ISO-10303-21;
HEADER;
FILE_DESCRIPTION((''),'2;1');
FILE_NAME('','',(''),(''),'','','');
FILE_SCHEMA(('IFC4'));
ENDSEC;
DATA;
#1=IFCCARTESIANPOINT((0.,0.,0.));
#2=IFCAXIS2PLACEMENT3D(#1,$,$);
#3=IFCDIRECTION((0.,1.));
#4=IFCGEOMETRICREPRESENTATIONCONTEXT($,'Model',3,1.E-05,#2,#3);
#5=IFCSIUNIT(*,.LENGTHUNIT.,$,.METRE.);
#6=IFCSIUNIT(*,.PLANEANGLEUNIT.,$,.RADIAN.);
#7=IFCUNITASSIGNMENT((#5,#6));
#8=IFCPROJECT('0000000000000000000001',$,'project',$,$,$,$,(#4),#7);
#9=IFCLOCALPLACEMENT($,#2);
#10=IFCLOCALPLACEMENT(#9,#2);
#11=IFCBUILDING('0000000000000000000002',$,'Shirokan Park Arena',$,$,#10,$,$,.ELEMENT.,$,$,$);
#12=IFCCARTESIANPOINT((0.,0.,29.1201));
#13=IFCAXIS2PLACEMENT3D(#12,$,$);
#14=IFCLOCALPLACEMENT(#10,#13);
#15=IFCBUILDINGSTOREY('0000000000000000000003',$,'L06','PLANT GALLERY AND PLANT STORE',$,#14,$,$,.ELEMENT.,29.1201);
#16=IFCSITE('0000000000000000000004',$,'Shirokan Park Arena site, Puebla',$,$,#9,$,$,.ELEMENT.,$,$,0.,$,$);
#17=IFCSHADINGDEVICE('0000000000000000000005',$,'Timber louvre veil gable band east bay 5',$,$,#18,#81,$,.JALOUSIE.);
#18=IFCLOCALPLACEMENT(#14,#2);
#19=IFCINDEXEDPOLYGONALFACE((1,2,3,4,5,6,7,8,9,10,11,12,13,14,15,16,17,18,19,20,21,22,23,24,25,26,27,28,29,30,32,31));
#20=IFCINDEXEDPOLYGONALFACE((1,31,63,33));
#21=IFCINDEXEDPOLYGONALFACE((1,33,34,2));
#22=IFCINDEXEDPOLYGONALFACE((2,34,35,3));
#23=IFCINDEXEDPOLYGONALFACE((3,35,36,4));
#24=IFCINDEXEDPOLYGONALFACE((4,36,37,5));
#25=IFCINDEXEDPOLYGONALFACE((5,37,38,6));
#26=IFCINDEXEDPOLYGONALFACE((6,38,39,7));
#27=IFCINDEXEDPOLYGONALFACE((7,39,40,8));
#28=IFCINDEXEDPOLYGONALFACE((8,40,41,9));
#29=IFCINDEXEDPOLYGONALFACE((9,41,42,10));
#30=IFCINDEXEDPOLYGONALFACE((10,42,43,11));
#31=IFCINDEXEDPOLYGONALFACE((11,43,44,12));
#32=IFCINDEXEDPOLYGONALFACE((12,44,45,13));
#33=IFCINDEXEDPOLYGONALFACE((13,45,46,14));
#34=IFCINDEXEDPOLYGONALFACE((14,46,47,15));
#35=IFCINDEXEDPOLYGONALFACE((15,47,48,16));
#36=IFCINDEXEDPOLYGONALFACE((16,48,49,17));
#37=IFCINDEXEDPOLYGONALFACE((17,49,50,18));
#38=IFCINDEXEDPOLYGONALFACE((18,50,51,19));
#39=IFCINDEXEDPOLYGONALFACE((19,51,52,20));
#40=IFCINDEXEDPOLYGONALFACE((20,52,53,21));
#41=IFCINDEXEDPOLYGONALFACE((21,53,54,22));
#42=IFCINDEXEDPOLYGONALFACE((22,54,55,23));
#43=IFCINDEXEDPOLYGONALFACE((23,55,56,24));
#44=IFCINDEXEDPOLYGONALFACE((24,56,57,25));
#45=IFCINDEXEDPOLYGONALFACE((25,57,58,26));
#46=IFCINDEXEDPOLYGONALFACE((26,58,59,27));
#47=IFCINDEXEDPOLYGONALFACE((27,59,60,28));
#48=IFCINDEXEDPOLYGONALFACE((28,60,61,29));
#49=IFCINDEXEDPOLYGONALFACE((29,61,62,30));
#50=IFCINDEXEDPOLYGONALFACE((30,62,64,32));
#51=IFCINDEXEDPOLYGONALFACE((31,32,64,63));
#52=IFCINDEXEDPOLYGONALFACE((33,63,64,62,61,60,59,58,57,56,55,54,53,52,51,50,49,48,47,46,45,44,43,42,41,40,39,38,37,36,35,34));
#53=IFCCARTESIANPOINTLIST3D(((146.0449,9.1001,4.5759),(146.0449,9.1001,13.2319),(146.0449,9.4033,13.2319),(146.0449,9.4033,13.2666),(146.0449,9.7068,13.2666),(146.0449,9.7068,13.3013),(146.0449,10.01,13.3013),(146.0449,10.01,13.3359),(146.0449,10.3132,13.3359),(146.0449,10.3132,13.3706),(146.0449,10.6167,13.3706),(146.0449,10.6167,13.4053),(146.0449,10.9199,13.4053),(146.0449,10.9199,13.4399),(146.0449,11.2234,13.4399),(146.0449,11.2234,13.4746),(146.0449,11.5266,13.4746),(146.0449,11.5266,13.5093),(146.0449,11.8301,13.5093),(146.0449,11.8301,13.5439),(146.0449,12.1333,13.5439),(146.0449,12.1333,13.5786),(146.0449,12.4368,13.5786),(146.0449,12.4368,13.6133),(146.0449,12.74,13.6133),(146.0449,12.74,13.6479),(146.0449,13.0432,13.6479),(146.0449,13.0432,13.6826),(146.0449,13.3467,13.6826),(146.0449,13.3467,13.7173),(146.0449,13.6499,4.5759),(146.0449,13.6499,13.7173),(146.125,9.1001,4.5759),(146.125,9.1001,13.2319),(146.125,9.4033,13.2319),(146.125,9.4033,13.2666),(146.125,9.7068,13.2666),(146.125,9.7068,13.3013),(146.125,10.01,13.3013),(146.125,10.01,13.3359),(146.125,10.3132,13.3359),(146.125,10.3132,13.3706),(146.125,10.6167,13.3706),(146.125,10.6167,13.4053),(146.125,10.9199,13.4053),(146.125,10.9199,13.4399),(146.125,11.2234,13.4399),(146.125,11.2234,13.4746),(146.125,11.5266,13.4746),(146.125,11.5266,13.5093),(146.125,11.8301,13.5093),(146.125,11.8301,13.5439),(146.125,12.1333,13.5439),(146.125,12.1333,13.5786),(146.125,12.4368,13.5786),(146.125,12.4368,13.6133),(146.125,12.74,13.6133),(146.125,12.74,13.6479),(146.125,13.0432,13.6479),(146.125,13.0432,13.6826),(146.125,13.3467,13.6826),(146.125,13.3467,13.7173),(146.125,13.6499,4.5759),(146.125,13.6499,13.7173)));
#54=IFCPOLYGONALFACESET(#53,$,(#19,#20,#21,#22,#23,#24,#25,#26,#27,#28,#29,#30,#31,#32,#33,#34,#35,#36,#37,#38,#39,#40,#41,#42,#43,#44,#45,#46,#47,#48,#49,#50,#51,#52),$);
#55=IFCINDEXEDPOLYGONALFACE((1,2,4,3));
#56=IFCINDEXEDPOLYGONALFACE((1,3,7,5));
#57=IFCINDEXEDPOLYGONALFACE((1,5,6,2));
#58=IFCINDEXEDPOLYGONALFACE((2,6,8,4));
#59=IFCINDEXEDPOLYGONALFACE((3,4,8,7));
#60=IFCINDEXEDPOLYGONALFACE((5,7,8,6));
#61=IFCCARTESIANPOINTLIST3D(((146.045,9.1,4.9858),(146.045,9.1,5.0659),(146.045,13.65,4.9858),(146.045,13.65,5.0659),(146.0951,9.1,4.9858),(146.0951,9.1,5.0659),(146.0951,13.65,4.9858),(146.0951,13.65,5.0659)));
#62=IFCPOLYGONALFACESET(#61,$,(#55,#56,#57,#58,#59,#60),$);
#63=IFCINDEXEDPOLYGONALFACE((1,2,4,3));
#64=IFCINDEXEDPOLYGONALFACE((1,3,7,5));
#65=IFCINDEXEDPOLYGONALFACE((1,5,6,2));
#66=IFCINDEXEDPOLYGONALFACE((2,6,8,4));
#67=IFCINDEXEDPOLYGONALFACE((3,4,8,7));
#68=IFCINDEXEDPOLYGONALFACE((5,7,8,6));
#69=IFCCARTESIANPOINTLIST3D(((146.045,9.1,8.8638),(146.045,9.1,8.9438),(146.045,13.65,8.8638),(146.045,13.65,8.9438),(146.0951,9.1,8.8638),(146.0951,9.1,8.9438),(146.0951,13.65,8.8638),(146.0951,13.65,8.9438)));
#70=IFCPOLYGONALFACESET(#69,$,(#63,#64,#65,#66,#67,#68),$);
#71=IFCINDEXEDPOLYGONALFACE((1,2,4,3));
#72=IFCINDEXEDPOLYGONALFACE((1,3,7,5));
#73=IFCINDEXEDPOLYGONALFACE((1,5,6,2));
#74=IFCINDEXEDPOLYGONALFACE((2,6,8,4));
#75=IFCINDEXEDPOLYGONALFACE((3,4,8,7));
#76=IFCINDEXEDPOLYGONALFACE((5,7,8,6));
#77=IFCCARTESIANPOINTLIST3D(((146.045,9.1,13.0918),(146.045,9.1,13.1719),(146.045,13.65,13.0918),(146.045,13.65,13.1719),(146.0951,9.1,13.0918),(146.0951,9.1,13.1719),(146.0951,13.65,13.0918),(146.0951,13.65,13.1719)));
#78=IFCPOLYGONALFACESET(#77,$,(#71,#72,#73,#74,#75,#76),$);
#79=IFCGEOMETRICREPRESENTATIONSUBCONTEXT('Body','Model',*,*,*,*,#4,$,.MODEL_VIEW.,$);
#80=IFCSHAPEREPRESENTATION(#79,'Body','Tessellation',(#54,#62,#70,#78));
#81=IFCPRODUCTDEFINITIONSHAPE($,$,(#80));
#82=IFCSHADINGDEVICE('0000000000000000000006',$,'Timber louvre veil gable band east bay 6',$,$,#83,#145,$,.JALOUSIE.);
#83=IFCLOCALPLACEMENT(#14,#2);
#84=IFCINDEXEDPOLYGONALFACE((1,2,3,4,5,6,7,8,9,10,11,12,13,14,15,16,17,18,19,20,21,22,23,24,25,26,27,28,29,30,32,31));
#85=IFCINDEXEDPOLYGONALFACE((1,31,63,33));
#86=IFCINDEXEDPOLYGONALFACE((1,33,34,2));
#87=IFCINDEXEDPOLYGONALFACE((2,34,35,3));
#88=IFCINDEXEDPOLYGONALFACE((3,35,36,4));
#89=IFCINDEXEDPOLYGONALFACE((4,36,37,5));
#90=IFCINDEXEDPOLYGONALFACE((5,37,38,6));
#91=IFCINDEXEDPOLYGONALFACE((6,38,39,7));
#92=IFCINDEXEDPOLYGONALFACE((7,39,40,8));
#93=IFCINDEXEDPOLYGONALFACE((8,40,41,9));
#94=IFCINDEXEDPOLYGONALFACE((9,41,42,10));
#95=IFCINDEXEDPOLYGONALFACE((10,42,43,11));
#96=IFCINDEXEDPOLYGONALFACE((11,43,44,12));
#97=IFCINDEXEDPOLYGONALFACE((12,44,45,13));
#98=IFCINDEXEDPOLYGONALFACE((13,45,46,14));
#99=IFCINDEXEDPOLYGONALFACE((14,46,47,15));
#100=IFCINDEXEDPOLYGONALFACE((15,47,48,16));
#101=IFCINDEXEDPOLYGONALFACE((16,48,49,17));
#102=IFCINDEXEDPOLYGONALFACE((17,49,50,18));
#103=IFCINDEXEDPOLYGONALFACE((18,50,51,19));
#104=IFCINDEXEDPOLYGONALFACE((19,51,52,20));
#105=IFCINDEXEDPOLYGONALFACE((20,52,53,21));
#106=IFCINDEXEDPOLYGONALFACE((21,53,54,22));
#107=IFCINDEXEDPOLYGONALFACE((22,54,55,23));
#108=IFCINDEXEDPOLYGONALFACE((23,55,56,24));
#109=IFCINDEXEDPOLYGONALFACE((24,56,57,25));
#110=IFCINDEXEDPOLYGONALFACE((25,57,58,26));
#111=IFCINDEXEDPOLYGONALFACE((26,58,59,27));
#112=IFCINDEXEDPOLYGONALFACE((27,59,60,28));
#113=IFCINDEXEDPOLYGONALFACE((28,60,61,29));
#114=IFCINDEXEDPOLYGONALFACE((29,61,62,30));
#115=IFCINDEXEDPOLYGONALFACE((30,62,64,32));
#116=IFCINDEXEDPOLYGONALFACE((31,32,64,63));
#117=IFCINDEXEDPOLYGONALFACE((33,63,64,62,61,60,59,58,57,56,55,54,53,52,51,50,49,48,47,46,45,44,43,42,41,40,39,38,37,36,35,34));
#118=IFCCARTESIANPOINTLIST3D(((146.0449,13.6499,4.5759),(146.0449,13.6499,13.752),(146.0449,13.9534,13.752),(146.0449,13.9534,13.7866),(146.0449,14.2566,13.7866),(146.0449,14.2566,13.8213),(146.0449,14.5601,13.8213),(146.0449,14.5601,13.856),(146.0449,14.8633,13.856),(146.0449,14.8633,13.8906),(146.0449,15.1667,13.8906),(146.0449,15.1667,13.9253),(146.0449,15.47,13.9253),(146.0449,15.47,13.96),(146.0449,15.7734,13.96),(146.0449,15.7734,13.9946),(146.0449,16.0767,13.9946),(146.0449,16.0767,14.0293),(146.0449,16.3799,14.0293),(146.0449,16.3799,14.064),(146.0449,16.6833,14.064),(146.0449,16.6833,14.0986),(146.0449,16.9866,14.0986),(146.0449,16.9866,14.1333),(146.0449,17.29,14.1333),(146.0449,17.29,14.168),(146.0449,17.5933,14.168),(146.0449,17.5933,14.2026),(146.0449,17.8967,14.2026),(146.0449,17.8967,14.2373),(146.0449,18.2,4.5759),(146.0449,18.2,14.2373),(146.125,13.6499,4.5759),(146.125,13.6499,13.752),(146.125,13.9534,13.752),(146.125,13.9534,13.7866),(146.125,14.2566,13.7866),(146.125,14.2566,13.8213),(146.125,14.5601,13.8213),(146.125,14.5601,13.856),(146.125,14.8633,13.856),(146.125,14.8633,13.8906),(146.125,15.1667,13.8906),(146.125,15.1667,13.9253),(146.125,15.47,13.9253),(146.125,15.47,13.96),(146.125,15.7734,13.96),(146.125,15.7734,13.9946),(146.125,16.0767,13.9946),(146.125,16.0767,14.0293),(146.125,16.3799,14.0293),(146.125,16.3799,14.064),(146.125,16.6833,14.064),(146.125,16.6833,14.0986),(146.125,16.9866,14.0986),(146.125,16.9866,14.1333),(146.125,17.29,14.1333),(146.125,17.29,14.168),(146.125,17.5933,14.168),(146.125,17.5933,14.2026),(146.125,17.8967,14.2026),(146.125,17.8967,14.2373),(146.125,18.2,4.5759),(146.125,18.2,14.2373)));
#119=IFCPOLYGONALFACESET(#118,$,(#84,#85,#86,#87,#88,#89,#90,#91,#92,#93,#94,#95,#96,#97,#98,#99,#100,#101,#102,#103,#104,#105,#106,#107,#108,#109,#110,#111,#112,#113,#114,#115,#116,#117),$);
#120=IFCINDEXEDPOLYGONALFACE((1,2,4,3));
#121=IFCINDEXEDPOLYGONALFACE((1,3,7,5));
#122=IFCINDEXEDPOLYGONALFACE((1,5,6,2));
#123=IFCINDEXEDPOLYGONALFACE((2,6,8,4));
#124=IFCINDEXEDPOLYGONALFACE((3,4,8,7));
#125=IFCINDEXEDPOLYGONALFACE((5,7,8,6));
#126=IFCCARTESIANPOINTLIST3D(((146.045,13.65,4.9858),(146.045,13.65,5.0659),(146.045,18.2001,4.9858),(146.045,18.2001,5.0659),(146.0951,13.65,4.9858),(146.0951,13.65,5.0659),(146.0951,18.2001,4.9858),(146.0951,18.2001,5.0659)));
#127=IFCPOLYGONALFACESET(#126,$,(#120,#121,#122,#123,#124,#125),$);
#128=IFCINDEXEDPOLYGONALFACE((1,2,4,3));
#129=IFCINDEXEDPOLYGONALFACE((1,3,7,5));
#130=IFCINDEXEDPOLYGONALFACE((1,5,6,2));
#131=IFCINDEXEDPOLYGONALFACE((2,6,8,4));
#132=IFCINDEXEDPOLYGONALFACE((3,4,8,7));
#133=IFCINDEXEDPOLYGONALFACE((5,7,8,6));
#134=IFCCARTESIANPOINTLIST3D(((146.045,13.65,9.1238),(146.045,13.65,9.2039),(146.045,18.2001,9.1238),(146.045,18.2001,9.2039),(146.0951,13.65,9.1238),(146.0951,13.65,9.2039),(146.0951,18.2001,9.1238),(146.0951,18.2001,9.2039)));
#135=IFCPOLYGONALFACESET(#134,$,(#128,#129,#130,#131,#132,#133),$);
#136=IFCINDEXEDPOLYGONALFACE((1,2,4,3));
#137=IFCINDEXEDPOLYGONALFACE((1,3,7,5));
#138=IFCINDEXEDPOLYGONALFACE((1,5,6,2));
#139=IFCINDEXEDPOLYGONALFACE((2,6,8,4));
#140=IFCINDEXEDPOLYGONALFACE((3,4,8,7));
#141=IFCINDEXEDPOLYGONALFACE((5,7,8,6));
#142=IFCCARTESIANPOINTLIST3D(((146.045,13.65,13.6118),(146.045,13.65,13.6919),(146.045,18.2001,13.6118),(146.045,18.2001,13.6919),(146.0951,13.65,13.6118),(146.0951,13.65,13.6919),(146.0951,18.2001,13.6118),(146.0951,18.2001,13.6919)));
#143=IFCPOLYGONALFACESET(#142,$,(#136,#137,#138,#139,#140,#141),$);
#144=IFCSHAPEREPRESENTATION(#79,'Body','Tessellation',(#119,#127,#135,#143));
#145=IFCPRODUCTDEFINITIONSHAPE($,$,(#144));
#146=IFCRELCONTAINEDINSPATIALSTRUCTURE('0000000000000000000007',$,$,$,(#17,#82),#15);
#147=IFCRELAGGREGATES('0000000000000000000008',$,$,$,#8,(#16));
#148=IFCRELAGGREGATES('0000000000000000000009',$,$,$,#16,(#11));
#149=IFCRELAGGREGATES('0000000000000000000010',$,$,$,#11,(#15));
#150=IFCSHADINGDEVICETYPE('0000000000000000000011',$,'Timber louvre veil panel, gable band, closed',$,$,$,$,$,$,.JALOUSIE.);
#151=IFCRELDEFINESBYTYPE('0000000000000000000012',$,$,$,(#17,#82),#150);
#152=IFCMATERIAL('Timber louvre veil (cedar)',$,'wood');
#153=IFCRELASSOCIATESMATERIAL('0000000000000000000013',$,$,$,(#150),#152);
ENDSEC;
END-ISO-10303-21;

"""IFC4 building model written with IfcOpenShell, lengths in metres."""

from ifc_helpers import new_model, si_unit, direction, frame, origin, origin_2d, place, context, subcontext, project, spatial, polyline, rectangle, outline, extrude, material, type_object, element, save


model = new_model("IFC4")

# Units and contexts
model_context = context("Model", 3, precision=1e-05, world=origin(), true_north=direction((0.0, 1.0)))
body_context = subcontext(model_context, "Body", "Model", "MODEL_VIEW")
ifc_project = project(units=[si_unit("LENGTHUNIT", "METRE"), si_unit("PLANEANGLEUNIT", "RADIAN")], contexts=[model_context])

# Site, building, storey
site_placement = place(None, origin())
site = spatial("IfcSite", under=ifc_project, at=site_placement, Name="Shirokan Park Arena site, Puebla", CompositionType="ELEMENT", RefElevation=0.0)
building_placement = place(site_placement, origin())
building = spatial("IfcBuilding", under=site, at=building_placement, Name="Shirokan Park Arena", CompositionType="ELEMENT")
storey_placement = place(building_placement, frame((0.0, 0.0, 29.1201)))
storey = spatial("IfcBuildingStorey", under=building, at=storey_placement, Name="L06", Description="PLANT GALLERY AND PLANT STORE", CompositionType="ELEMENT", Elevation=29.1201)

# Shading devices
ifc_material = material(Name="Timber louvre veil (cedar)", Category="wood")
shading_device_type_1 = type_object("IfcShadingDeviceType", Name="Timber louvre veil panel, gable band, closed", PredefinedType="JALOUSIE", material=ifc_material)
shading_device_1_placement = place(storey_placement, origin())
element("IfcShadingDevice", 1, at=shading_device_1_placement, inside=storey, type_object=shading_device_type_1, Name="Timber louvre veil gable band east bay 5", PredefinedType="JALOUSIE", context=body_context, shape_type="SweptSolid", body=[
    extrude(outline(polyline([(9.4033, 13.2319), (9.1001, 13.2319), (9.1001, 4.5759), (13.6499, 4.5759), (13.6499, 13.7173), (13.3467, 13.7173), (13.3467, 13.6826), (13.0432, 13.6826), (13.0432, 13.6479), (12.74, 13.6479), (12.74, 13.6133), (12.4368, 13.6133), (12.4368, 13.5786), (12.1333, 13.5786), (12.1333, 13.5439), (11.8301, 13.5439), (11.8301, 13.5093), (11.5266, 13.5093), (11.5266, 13.4746), (11.2234, 13.4746), (11.2234, 13.4399), (10.9199, 13.4399), (10.9199, 13.4053), (10.6167, 13.4053), (10.6167, 13.3706), (10.3132, 13.3706), (10.3132, 13.3359), (10.01, 13.3359), (10.01, 13.3013), (9.7068, 13.3013), (9.7068, 13.2666), (9.4033, 13.2666), (9.4033, 13.2319)])), frame((146.0449, 0.0, 0.0), z_axis=(1.0, 0.0, 0.0), x_axis=(0.0, 1.0, 0.0)), (0.0, 0.0, 1.0), 0.0801),
    extrude(rectangle(XDim=0.05, YDim=4.55, at=origin_2d()), frame((146.0701, 11.375, 4.9858), z_axis=(0.0, 0.0, 1.0), x_axis=(1.0, 0.0, 0.0)), (0.0, 0.0, 1.0), 0.0801),
    extrude(rectangle(XDim=0.05, YDim=4.55, at=origin_2d()), frame((146.0701, 11.375, 8.8638), z_axis=(0.0, 0.0, 1.0), x_axis=(1.0, 0.0, 0.0)), (0.0, 0.0, 1.0), 0.0801),
    extrude(rectangle(XDim=0.05, YDim=4.55, at=origin_2d()), frame((146.0701, 11.375, 13.0918), z_axis=(0.0, 0.0, 1.0), x_axis=(1.0, 0.0, 0.0)), (0.0, 0.0, 1.0), 0.0801),
])
shading_device_2_placement = place(storey_placement, origin())
element("IfcShadingDevice", 2, at=shading_device_2_placement, inside=storey, type_object=shading_device_type_1, Name="Timber louvre veil gable band east bay 6", PredefinedType="JALOUSIE", context=body_context, shape_type="SweptSolid", body=[
    extrude(outline(polyline([(13.9534, 13.752), (13.6499, 13.752), (13.6499, 4.5759), (18.2, 4.5759), (18.2, 14.2373), (17.8967, 14.2373), (17.8967, 14.2026), (17.5933, 14.2026), (17.5933, 14.168), (17.29, 14.168), (17.29, 14.1333), (16.9866, 14.1333), (16.9866, 14.0986), (16.6833, 14.0986), (16.6833, 14.064), (16.3799, 14.064), (16.3799, 14.0293), (16.0767, 14.0293), (16.0767, 13.9946), (15.7734, 13.9946), (15.7734, 13.96), (15.47, 13.96), (15.47, 13.9253), (15.1667, 13.9253), (15.1667, 13.8906), (14.8633, 13.8906), (14.8633, 13.856), (14.5601, 13.856), (14.5601, 13.8213), (14.2566, 13.8213), (14.2566, 13.7866), (13.9534, 13.7866), (13.9534, 13.752)])), frame((146.0449, 0.0, 0.0), z_axis=(1.0, 0.0, 0.0), x_axis=(0.0, 1.0, 0.0)), (0.0, 0.0, 1.0), 0.0801),
    extrude(rectangle(XDim=0.05, YDim=4.55, at=origin_2d()), frame((146.0701, 15.925, 4.9858), z_axis=(0.0, 0.0, 1.0), x_axis=(1.0, 0.0, 0.0)), (0.0, 0.0, 1.0), 0.0801),
    extrude(rectangle(XDim=0.05, YDim=4.55, at=origin_2d()), frame((146.0701, 15.925, 9.1238), z_axis=(0.0, 0.0, 1.0), x_axis=(1.0, 0.0, 0.0)), (0.0, 0.0, 1.0), 0.0801),
    extrude(rectangle(XDim=0.05, YDim=4.55, at=origin_2d()), frame((146.0701, 15.925, 13.6118), z_axis=(0.0, 0.0, 1.0), x_axis=(1.0, 0.0, 0.0)), (0.0, 0.0, 1.0), 0.0801),
])

save(model, "model.ifc")
